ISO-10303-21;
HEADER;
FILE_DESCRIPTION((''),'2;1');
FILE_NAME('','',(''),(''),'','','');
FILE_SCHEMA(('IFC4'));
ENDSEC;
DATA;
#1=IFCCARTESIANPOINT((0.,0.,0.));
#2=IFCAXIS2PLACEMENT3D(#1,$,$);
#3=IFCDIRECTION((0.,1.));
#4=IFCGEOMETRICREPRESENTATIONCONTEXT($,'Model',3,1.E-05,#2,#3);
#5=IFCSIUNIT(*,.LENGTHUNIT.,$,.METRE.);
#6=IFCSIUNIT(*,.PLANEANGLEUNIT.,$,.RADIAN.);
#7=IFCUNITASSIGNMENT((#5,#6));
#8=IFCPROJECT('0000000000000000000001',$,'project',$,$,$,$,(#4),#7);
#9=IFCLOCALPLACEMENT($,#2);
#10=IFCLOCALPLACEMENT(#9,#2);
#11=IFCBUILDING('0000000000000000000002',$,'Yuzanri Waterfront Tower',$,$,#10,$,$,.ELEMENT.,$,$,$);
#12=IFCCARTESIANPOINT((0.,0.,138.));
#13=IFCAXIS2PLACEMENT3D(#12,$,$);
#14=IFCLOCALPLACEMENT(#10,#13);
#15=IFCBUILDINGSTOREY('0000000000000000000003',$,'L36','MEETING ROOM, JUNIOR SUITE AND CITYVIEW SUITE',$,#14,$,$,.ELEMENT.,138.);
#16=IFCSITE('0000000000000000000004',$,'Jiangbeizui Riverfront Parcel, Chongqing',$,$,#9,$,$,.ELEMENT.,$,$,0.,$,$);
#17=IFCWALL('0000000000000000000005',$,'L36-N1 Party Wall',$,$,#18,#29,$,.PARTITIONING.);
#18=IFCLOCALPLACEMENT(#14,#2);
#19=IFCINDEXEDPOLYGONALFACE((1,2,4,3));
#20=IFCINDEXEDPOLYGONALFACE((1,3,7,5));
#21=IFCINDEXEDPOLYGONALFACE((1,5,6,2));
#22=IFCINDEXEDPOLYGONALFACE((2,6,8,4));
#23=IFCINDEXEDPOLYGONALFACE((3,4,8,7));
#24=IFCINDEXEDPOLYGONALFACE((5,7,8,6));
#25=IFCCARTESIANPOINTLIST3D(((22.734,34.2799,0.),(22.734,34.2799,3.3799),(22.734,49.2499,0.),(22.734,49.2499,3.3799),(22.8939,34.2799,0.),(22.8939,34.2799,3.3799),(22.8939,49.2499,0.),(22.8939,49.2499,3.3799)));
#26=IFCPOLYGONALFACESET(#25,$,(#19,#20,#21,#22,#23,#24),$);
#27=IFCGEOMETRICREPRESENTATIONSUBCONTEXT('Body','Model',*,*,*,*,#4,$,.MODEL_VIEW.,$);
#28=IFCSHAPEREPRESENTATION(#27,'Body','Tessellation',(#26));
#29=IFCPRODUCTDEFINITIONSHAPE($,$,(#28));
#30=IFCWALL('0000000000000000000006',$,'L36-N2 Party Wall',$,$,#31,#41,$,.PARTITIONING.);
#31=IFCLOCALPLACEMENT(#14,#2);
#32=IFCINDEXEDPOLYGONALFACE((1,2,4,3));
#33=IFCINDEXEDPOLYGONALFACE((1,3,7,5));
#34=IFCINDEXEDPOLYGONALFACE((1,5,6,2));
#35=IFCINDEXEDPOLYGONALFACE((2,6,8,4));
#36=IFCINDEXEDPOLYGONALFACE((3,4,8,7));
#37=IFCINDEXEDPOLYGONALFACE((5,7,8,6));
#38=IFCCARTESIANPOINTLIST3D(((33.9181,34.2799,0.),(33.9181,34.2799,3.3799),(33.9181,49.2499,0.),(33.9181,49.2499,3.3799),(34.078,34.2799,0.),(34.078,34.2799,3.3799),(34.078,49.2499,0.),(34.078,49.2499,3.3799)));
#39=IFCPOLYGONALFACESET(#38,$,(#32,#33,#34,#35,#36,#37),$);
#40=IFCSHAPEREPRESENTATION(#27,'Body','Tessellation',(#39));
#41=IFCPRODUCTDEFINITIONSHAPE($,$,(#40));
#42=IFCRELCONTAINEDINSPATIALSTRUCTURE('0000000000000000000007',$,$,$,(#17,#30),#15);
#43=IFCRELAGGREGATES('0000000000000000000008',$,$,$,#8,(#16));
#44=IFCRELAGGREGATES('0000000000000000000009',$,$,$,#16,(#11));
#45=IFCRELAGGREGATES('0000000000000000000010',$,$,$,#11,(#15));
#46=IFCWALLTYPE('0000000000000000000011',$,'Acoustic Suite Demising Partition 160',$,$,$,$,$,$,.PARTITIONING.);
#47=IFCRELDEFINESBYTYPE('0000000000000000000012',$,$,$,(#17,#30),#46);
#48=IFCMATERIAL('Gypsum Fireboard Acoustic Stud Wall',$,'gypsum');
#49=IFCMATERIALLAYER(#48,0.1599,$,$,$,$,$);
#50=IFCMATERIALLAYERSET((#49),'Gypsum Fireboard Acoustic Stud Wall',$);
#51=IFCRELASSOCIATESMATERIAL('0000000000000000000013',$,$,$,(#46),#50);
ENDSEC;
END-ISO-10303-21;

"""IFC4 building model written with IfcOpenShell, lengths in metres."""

from ifc_helpers import new_model, si_unit, direction, frame, frame_2d, origin, place, context, subcontext, project, spatial, rectangle, extrude, source, transform, mapped, material, layer, layer_set, type_object, element, save


model = new_model("IFC4")

# Units and contexts
model_context = context("Model", 3, precision=1e-05, world=origin(), true_north=direction((0.0, 1.0)))
body_context = subcontext(model_context, "Body", "Model", "MODEL_VIEW")
ifc_project = project(units=[si_unit("LENGTHUNIT", "METRE"), si_unit("PLANEANGLEUNIT", "RADIAN")], contexts=[model_context])

# Site, building, storey
site_placement = place(None, origin())
site = spatial("IfcSite", under=ifc_project, at=site_placement, Name="Jiangbeizui Riverfront Parcel, Chongqing", CompositionType="ELEMENT", RefElevation=0.0)
building_placement = place(site_placement, origin())
building = spatial("IfcBuilding", under=site, at=building_placement, Name="Yuzanri Waterfront Tower", CompositionType="ELEMENT")
storey_placement = place(building_placement, frame((0.0, 0.0, 138.0)))
storey = spatial("IfcBuildingStorey", under=building, at=storey_placement, Name="L36", Description="MEETING ROOM, JUNIOR SUITE AND CITYVIEW SUITE", CompositionType="ELEMENT", Elevation=138.0)

# Walls
ifc_material_1 = material(Name="Gypsum Fireboard Acoustic Stud Wall", Category="gypsum")
ifc_layer_1 = layer(ifc_material_1, 0.1599)
ifc_layer_set_1 = layer_set([ifc_layer_1], Name="Gypsum Fireboard Acoustic Stud Wall")
wall_type_1 = type_object("IfcWallType", Name="Acoustic Suite Demising Partition 160", PredefinedType="PARTITIONING", material=ifc_layer_set_1)
shared_shape_1 = source(origin(), body_context, "Body", "SweptSolid", [
    extrude(rectangle(XDim=14.97, YDim=0.1599, at=frame_2d((7.4849, 0.0))), origin(), (0.0, 0.0, 1.0), 3.3799),
])
for number, where, z_axis, x_axis, name in (
    (1, (22.814, 34.28, 0.0), (0.0, 0.0, 1.0), (0.0, 1.0, 0.0), "L36-N1 Party Wall"),
    (2, (33.998, 34.28, 0.0), (0.0, 0.0, 1.0), (0.0, 1.0, 0.0), "L36-N2 Party Wall"),
):
    element("IfcWall", number, at=place(storey_placement, frame(where, z_axis=z_axis, x_axis=x_axis)), inside=storey, type_object=wall_type_1, Name=name, PredefinedType="PARTITIONING", context=body_context, shape_type="MappedRepresentation", body=[
        mapped(shared_shape_1, transform((0.0, 0.0, 0.0), scale=1.0)),
    ])

save(model, "model.ifc")
